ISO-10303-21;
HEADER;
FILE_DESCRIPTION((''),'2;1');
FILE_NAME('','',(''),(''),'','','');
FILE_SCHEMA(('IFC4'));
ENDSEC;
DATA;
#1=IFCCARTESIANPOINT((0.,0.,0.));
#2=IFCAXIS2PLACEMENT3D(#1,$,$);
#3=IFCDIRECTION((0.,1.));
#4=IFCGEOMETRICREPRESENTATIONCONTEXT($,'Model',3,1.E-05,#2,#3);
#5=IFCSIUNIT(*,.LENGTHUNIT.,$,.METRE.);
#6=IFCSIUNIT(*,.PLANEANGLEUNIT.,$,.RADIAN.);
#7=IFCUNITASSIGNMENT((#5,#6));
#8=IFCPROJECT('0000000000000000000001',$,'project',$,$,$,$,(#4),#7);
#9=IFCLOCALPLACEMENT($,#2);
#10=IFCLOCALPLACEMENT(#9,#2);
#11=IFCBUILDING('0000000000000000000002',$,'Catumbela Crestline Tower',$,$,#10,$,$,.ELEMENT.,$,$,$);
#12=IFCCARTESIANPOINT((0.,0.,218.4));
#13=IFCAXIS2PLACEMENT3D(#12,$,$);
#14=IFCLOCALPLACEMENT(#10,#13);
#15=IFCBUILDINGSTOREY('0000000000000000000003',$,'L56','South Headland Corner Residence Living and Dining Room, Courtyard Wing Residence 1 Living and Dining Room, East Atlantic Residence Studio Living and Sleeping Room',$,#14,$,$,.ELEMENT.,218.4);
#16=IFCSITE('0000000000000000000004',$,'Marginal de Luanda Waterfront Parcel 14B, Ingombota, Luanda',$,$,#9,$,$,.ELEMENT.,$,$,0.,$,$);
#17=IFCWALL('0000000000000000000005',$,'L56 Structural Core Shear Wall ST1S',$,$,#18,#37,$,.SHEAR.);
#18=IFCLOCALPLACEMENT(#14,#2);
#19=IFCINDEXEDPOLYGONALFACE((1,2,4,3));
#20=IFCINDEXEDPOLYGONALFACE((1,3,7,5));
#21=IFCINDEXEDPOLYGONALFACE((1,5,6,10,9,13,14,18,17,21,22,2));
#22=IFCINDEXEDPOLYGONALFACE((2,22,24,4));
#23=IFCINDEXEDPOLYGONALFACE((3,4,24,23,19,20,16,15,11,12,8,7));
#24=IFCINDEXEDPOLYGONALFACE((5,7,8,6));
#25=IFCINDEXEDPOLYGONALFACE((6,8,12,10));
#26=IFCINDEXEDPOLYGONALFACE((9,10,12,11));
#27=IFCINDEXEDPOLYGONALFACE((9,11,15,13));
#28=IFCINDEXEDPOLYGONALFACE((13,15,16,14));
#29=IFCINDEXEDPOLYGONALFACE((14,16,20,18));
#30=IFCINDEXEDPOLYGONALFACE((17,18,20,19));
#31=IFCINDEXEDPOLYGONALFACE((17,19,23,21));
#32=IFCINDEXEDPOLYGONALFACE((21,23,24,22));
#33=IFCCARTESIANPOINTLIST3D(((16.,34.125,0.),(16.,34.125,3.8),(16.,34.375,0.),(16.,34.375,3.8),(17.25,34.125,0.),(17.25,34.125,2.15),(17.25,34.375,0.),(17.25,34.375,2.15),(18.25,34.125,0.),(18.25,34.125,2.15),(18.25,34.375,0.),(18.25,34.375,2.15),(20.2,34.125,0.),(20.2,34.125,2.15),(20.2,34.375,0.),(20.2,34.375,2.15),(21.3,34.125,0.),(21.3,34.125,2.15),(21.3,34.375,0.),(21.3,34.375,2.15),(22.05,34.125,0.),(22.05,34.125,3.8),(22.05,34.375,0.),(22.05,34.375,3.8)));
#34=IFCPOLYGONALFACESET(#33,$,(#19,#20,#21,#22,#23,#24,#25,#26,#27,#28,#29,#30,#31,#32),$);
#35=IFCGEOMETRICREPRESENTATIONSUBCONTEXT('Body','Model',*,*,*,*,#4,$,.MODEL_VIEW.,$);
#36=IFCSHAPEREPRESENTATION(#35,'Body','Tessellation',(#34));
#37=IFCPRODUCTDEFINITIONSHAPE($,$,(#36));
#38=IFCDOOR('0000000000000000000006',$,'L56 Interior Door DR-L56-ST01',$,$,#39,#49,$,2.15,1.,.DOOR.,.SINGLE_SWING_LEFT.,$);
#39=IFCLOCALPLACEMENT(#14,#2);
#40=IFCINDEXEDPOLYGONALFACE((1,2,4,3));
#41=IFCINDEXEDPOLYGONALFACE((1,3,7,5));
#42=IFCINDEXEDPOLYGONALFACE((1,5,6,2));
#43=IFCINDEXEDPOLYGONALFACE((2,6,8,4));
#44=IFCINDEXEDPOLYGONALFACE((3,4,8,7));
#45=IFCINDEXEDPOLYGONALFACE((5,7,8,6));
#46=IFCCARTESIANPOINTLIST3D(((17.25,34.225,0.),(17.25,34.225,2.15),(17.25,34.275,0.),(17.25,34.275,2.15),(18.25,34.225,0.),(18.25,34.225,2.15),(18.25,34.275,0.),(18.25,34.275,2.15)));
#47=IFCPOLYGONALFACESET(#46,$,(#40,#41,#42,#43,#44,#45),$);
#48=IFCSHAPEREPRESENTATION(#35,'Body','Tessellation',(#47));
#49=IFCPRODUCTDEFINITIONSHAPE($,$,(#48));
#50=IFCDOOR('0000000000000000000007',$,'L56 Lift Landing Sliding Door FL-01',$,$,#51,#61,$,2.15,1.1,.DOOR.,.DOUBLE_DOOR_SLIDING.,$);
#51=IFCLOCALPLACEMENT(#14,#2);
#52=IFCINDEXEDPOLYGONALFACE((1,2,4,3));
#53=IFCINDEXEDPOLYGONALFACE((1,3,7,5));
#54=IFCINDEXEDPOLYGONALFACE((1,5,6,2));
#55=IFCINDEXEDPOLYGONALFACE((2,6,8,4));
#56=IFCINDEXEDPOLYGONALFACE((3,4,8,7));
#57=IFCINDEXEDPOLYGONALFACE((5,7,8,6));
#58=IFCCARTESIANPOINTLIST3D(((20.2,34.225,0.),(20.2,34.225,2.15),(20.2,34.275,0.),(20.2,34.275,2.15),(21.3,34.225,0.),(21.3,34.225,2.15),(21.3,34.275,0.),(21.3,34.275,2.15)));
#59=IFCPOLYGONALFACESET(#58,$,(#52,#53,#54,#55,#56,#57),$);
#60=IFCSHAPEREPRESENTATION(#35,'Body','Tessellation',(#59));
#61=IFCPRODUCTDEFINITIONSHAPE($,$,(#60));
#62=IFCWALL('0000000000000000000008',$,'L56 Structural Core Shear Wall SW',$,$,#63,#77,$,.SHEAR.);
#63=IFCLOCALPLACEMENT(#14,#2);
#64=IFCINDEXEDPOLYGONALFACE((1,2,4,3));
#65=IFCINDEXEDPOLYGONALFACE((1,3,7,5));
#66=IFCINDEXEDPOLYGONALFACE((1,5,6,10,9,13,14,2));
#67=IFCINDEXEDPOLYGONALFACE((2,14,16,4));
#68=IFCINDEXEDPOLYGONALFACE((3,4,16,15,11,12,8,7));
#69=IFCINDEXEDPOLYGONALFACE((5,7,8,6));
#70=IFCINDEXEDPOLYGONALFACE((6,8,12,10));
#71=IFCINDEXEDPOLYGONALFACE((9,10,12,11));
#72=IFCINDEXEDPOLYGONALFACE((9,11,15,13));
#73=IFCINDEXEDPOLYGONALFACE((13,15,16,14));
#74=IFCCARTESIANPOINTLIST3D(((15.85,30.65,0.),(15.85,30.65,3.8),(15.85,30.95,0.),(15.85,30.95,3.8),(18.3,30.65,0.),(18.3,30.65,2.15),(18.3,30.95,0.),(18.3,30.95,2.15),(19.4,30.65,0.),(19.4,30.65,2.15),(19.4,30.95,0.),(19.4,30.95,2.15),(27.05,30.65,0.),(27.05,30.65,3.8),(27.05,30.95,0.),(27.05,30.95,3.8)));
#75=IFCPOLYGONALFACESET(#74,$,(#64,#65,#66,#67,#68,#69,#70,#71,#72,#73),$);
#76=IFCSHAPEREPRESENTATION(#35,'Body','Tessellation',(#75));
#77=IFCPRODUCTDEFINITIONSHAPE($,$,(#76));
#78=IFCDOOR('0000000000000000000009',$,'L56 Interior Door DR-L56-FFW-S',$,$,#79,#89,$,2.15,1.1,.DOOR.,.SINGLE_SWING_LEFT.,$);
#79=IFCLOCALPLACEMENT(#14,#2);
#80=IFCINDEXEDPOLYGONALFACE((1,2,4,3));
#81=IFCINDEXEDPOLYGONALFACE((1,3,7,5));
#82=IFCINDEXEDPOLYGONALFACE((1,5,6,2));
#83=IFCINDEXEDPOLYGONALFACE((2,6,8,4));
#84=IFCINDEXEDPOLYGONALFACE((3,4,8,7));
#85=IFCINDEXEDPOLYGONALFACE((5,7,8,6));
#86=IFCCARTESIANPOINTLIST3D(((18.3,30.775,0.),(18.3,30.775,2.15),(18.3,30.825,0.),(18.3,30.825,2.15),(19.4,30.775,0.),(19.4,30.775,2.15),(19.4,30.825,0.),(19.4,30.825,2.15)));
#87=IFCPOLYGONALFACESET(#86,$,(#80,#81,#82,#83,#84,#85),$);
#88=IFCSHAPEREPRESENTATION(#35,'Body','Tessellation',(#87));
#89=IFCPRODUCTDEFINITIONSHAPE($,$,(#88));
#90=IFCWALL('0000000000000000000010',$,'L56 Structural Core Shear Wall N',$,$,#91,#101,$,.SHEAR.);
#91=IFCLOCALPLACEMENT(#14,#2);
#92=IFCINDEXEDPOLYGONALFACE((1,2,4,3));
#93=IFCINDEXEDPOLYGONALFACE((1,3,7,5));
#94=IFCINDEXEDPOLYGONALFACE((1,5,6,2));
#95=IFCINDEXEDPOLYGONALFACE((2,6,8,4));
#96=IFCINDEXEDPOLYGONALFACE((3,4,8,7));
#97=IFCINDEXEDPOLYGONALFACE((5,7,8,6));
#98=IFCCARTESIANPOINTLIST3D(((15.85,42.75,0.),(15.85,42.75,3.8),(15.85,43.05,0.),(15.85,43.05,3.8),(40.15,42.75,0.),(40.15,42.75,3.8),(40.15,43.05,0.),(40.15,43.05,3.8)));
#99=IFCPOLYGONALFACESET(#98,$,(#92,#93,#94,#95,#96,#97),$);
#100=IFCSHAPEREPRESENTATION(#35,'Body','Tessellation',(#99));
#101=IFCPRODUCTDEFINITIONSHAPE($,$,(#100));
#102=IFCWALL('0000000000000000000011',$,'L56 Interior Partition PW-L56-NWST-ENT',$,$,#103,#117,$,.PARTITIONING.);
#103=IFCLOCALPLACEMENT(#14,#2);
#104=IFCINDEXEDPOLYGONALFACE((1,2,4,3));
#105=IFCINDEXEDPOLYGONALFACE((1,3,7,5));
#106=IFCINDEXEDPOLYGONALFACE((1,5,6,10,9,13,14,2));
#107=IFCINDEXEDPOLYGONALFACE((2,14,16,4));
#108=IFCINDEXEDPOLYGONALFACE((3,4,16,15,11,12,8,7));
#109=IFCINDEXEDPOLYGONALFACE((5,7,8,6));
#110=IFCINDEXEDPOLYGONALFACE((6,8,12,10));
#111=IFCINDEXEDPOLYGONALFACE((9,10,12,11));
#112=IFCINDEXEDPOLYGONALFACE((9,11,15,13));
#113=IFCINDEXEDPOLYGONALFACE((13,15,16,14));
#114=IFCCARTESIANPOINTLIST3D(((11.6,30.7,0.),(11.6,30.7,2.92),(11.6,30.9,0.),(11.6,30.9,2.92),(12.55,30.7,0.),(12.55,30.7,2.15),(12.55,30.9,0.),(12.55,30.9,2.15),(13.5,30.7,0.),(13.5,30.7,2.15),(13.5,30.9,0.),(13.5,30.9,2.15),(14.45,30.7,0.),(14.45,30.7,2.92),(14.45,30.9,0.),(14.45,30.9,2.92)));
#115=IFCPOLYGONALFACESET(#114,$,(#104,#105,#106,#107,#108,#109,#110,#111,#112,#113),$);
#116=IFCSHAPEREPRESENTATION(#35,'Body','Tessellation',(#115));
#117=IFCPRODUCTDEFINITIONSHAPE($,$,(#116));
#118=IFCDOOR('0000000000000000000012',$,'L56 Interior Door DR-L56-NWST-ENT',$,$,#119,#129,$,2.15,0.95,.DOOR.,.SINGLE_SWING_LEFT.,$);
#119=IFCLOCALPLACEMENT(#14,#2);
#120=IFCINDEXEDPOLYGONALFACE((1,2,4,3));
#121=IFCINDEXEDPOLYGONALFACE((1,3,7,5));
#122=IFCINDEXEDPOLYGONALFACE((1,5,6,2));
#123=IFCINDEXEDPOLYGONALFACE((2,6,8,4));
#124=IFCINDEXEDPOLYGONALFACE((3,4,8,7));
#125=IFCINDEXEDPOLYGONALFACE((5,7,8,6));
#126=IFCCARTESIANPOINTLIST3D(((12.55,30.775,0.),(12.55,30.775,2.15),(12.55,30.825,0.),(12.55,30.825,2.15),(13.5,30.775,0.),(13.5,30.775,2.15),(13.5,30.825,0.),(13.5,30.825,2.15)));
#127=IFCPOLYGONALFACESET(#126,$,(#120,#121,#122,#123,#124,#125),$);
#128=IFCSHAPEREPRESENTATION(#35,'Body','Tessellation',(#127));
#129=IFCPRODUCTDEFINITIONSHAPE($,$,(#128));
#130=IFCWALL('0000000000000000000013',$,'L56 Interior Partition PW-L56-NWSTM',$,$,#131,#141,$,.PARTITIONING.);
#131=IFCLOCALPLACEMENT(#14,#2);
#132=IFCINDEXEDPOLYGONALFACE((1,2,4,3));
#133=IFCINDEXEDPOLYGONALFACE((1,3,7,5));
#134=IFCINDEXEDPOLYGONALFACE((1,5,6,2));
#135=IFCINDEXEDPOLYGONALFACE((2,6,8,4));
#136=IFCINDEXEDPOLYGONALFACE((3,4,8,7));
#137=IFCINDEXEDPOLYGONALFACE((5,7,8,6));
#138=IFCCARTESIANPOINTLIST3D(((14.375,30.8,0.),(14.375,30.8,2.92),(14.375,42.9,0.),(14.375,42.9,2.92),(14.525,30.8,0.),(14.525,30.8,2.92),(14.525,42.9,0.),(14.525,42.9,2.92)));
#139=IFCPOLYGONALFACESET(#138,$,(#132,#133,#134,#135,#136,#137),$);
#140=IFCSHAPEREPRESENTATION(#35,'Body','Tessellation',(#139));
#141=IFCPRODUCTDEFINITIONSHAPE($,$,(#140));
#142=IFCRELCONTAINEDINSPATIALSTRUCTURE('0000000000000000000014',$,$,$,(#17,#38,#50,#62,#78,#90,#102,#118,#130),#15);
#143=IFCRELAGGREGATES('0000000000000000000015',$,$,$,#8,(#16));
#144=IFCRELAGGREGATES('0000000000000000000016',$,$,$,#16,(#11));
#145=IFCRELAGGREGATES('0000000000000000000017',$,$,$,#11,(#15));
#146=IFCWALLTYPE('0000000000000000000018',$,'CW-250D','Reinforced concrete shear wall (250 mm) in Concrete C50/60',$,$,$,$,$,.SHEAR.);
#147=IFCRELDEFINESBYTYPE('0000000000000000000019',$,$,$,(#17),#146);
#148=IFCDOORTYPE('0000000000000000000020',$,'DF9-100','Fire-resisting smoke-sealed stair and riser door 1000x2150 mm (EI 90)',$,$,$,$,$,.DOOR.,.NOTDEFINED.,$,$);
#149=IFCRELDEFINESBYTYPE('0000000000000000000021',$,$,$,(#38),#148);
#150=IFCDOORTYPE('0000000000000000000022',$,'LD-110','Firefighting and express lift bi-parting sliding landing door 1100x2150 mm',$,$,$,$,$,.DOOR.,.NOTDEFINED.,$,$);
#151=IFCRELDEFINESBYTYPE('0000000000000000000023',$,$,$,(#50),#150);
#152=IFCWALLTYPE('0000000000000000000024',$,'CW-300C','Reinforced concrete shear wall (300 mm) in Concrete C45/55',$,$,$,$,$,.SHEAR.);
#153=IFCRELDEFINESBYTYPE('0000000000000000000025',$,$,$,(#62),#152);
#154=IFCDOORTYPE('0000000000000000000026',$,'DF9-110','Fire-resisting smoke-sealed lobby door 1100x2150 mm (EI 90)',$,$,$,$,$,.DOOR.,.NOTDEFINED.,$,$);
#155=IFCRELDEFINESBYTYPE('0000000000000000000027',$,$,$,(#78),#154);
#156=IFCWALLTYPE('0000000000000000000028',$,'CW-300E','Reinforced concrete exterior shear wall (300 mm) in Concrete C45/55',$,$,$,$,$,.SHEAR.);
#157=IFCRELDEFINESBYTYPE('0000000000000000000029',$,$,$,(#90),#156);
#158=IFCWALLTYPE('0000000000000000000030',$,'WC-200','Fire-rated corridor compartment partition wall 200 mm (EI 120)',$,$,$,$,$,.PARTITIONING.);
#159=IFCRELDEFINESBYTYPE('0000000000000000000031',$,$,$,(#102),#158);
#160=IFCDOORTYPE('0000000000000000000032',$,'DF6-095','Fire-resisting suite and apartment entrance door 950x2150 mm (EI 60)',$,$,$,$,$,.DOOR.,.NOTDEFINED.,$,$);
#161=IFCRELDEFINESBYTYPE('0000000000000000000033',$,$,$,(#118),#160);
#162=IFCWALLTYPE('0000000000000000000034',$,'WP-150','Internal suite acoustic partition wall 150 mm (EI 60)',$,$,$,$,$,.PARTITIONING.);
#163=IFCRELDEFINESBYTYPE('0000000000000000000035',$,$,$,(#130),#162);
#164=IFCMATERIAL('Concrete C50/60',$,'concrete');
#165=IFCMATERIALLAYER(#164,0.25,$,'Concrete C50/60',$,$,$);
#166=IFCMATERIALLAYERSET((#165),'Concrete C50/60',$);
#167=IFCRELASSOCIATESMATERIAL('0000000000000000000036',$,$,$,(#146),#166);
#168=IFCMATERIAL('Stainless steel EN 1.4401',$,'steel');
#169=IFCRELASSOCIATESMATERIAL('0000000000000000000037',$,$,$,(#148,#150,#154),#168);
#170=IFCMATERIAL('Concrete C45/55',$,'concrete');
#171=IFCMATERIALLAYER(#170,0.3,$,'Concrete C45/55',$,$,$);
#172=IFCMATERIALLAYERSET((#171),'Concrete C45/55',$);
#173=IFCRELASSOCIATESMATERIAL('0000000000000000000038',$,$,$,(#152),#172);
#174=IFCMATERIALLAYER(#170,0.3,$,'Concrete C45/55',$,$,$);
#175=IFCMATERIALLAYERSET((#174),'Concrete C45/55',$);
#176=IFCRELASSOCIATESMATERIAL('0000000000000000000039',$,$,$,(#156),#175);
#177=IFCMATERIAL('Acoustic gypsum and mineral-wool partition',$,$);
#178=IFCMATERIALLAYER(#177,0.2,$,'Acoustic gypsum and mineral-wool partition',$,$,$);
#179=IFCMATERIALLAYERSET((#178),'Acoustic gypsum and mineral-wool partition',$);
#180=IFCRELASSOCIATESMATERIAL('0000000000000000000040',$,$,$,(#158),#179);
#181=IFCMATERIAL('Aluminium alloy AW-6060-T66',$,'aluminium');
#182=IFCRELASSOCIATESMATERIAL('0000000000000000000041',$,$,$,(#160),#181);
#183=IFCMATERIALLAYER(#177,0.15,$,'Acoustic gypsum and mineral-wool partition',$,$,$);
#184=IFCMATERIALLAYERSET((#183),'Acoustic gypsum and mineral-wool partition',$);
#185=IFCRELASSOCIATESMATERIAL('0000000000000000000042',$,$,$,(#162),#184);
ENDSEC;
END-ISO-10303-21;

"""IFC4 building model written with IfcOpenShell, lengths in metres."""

from ifc_helpers import new_model, si_unit, direction, frame, frame_2d, origin, place, context, subcontext, project, spatial, rectangle, extrude, material, layer, layer_set, type_object, element, fill, save


model = new_model("IFC4")

# Units and contexts
model_context = context("Model", 3, precision=1e-05, world=origin(), true_north=direction((0.0, 1.0)))
body_context = subcontext(model_context, "Body", "Model", "MODEL_VIEW")
ifc_project = project(units=[si_unit("LENGTHUNIT", "METRE"), si_unit("PLANEANGLEUNIT", "RADIAN")], contexts=[model_context])

# Site, building, storey
site_placement = place(None, origin())
site = spatial("IfcSite", under=ifc_project, at=site_placement, Name="Marginal de Luanda Waterfront Parcel 14B, Ingombota, Luanda", CompositionType="ELEMENT", RefElevation=0.0)
building_placement = place(site_placement, origin())
building = spatial("IfcBuilding", under=site, at=building_placement, Name="Catumbela Crestline Tower", CompositionType="ELEMENT")
storey_placement = place(building_placement, frame((0.0, 0.0, 218.4)))
storey = spatial("IfcBuildingStorey", under=building, at=storey_placement, Name="L56", Description="South Headland Corner Residence Living and Dining Room, Courtyard Wing Residence 1 Living and Dining Room, East Atlantic Residence Studio Living and Sleeping Room", CompositionType="ELEMENT", Elevation=218.4)

# Shared definitions
ifc_material_1 = material(Name="Aluminium alloy AW-6060-T66", Category="aluminium")

# Wall, openings, doors
ifc_material_2 = material(Name="Concrete C50/60", Category="concrete")
ifc_layer_1 = layer(ifc_material_2, 0.25, Name="Concrete C50/60")
ifc_layer_set_1 = layer_set([ifc_layer_1], Name="Concrete C50/60")
wall_type_1 = type_object("IfcWallType", Name="CW-250D", Description="Reinforced concrete shear wall (250 mm) in Concrete C50/60", PredefinedType="SHEAR", material=ifc_layer_set_1)
wall_1_placement = place(storey_placement, frame((16.0, 34.25, 0.0), z_axis=(0.0, 0.0, 1.0), x_axis=(1.0, 0.0, 0.0)))
wall_1 = element("IfcWall", 1, at=wall_1_placement, inside=storey, type_object=wall_type_1, Name="L56 Structural Core Shear Wall ST1S", PredefinedType="SHEAR", context=body_context, shape_type="SweptSolid", body=[
    extrude(rectangle(XDim=6.05, YDim=0.25, at=frame_2d((3.025, 0.0))), origin(), (0.0, 0.0, 1.0), 3.8),
])
opening_1_placement = place(wall_1_placement, frame((1.25, 0.0, 0.0)))
opening_1 = element("IfcOpeningElement", 2, at=opening_1_placement, cuts=wall_1, PredefinedType="OPENING", context=body_context, shape_type="SweptSolid", body=[
    extrude(rectangle(XDim=1.0, YDim=2.15, at=frame_2d((0.5, 1.075))), frame((0.0, 0.135, 0.0), z_axis=(0.0, -1.0, 0.0), x_axis=(1.0, 0.0, 0.0)), (0.0, 0.0, 1.0), 0.27),
])
opening_2_placement = place(wall_1_placement, frame((4.2, 0.0, 0.0)))
opening_2 = element("IfcOpeningElement", 3, at=opening_2_placement, cuts=wall_1, PredefinedType="OPENING", context=body_context, shape_type="SweptSolid", body=[
    extrude(rectangle(XDim=1.1, YDim=2.15, at=frame_2d((0.55, 1.075))), frame((0.0, 0.135, 0.0), z_axis=(0.0, -1.0, 0.0), x_axis=(1.0, 0.0, 0.0)), (0.0, 0.0, 1.0), 0.27),
])
ifc_material_3 = material(Name="Stainless steel EN 1.4401", Category="steel")
door_type_1 = type_object("IfcDoorType", Name="DF9-100", Description="Fire-resisting smoke-sealed stair and riser door 1000x2150 mm (EI 90)", OperationType="NOTDEFINED", PredefinedType="DOOR", material=ifc_material_3)
door_1_placement = place(opening_1_placement, origin())
door_1 = element("IfcDoor", 4, at=door_1_placement, inside=storey, type_object=door_type_1, Name="L56 Interior Door DR-L56-ST01", OperationType="SINGLE_SWING_LEFT", OverallHeight=2.15, OverallWidth=1.0, PredefinedType="DOOR", context=body_context, shape_type="SweptSolid", body=[
    extrude(rectangle(XDim=1.0, YDim=2.15, at=frame_2d((0.5, 1.075))), frame((0.0, 0.025, 0.0), z_axis=(0.0, -1.0, 0.0), x_axis=(1.0, 0.0, 0.0)), (0.0, 0.0, 1.0), 0.05),
])
fill(opening_1, door_1)
door_type_2 = type_object("IfcDoorType", Name="LD-110", Description="Firefighting and express lift bi-parting sliding landing door 1100x2150 mm", OperationType="NOTDEFINED", PredefinedType="DOOR", material=ifc_material_3)
door_2_placement = place(opening_2_placement, origin())
door_2 = element("IfcDoor", 5, at=door_2_placement, inside=storey, type_object=door_type_2, Name="L56 Lift Landing Sliding Door FL-01", OperationType="DOUBLE_DOOR_SLIDING", OverallHeight=2.15, OverallWidth=1.1, PredefinedType="DOOR", context=body_context, shape_type="SweptSolid", body=[
    extrude(rectangle(XDim=1.1, YDim=2.15, at=frame_2d((0.55, 1.075))), frame((0.0, 0.025, 0.0), z_axis=(0.0, -1.0, 0.0), x_axis=(1.0, 0.0, 0.0)), (0.0, 0.0, 1.0), 0.05),
])
fill(opening_2, door_2)

# Wall, opening, door
ifc_material_4 = material(Name="Concrete C45/55", Category="concrete")
ifc_layer_2 = layer(ifc_material_4, 0.3, Name="Concrete C45/55")
ifc_layer_set_2 = layer_set([ifc_layer_2], Name="Concrete C45/55")
wall_type_2 = type_object("IfcWallType", Name="CW-300C", Description="Reinforced concrete shear wall (300 mm) in Concrete C45/55", PredefinedType="SHEAR", material=ifc_layer_set_2)
wall_2_placement = place(storey_placement, frame((15.85, 30.8, 0.0), z_axis=(0.0, 0.0, 1.0), x_axis=(1.0, 0.0, 0.0)))
wall_2 = element("IfcWall", 6, at=wall_2_placement, inside=storey, type_object=wall_type_2, Name="L56 Structural Core Shear Wall SW", PredefinedType="SHEAR", context=body_context, shape_type="SweptSolid", body=[
    extrude(rectangle(XDim=11.2, YDim=0.3, at=frame_2d((5.6, 0.0))), origin(), (0.0, 0.0, 1.0), 3.8),
])
opening_3_placement = place(wall_2_placement, frame((2.45, 0.0, 0.0)))
opening_3 = element("IfcOpeningElement", 7, at=opening_3_placement, cuts=wall_2, PredefinedType="OPENING", context=body_context, shape_type="SweptSolid", body=[
    extrude(rectangle(XDim=1.1, YDim=2.15, at=frame_2d((0.55, 1.075))), frame((0.0, 0.16, 0.0), z_axis=(0.0, -1.0, 0.0), x_axis=(1.0, 0.0, 0.0)), (0.0, 0.0, 1.0), 0.32),
])
door_type_3 = type_object("IfcDoorType", Name="DF9-110", Description="Fire-resisting smoke-sealed lobby door 1100x2150 mm (EI 90)", OperationType="NOTDEFINED", PredefinedType="DOOR", material=ifc_material_3)
door_3_placement = place(opening_3_placement, origin())
door_3 = element("IfcDoor", 8, at=door_3_placement, inside=storey, type_object=door_type_3, Name="L56 Interior Door DR-L56-FFW-S", OperationType="SINGLE_SWING_LEFT", OverallHeight=2.15, OverallWidth=1.1, PredefinedType="DOOR", context=body_context, shape_type="SweptSolid", body=[
    extrude(rectangle(XDim=1.1, YDim=2.15, at=frame_2d((0.55, 1.075))), frame((0.0, 0.025, 0.0), z_axis=(0.0, -1.0, 0.0), x_axis=(1.0, 0.0, 0.0)), (0.0, 0.0, 1.0), 0.05),
])
fill(opening_3, door_3)

# Wall
ifc_layer_3 = layer(ifc_material_4, 0.3, Name="Concrete C45/55")
ifc_layer_set_3 = layer_set([ifc_layer_3], Name="Concrete C45/55")
wall_type_3 = type_object("IfcWallType", Name="CW-300E", Description="Reinforced concrete exterior shear wall (300 mm) in Concrete C45/55", PredefinedType="SHEAR", material=ifc_layer_set_3)
wall_3_placement = place(storey_placement, frame((15.85, 42.9, 0.0), z_axis=(0.0, 0.0, 1.0), x_axis=(1.0, 0.0, 0.0)))
element("IfcWall", 9, at=wall_3_placement, inside=storey, type_object=wall_type_3, Name="L56 Structural Core Shear Wall N", PredefinedType="SHEAR", context=body_context, shape_type="SweptSolid", body=[
    extrude(rectangle(XDim=24.3, YDim=0.3, at=frame_2d((12.15, 0.0))), origin(), (0.0, 0.0, 1.0), 3.8),
])

# Wall, opening, door
ifc_material_5 = material(Name="Acoustic gypsum and mineral-wool partition")
ifc_layer_4 = layer(ifc_material_5, 0.2, Name="Acoustic gypsum and mineral-wool partition")
ifc_layer_set_4 = layer_set([ifc_layer_4], Name="Acoustic gypsum and mineral-wool partition")
wall_type_4 = type_object("IfcWallType", Name="WC-200", Description="Fire-rated corridor compartment partition wall 200 mm (EI 120)", PredefinedType="PARTITIONING", material=ifc_layer_set_4)
wall_4_placement = place(storey_placement, frame((11.6, 30.8, 0.0), z_axis=(0.0, 0.0, 1.0), x_axis=(1.0, 0.0, 0.0)))
wall_4 = element("IfcWall", 10, at=wall_4_placement, inside=storey, type_object=wall_type_4, Name="L56 Interior Partition PW-L56-NWST-ENT", PredefinedType="PARTITIONING", context=body_context, shape_type="SweptSolid", body=[
    extrude(rectangle(XDim=2.85, YDim=0.2, at=frame_2d((1.425, 0.0))), origin(), (0.0, 0.0, 1.0), 2.92),
])
opening_4_placement = place(wall_4_placement, frame((0.95, 0.0, 0.0)))
opening_4 = element("IfcOpeningElement", 11, at=opening_4_placement, cuts=wall_4, PredefinedType="OPENING", context=body_context, shape_type="SweptSolid", body=[
    extrude(rectangle(XDim=0.95, YDim=2.15, at=frame_2d((0.475, 1.075))), frame((0.0, 0.11, 0.0), z_axis=(0.0, -1.0, 0.0), x_axis=(1.0, 0.0, 0.0)), (0.0, 0.0, 1.0), 0.22),
])
door_type_4 = type_object("IfcDoorType", Name="DF6-095", Description="Fire-resisting suite and apartment entrance door 950x2150 mm (EI 60)", OperationType="NOTDEFINED", PredefinedType="DOOR", material=ifc_material_1)
door_4_placement = place(opening_4_placement, origin())
door_4 = element("IfcDoor", 12, at=door_4_placement, inside=storey, type_object=door_type_4, Name="L56 Interior Door DR-L56-NWST-ENT", OperationType="SINGLE_SWING_LEFT", OverallHeight=2.15, OverallWidth=0.95, PredefinedType="DOOR", context=body_context, shape_type="SweptSolid", body=[
    extrude(rectangle(XDim=0.95, YDim=2.15, at=frame_2d((0.475, 1.075))), frame((0.0, 0.025, 0.0), z_axis=(0.0, -1.0, 0.0), x_axis=(1.0, 0.0, 0.0)), (0.0, 0.0, 1.0), 0.05),
])
fill(opening_4, door_4)

# Wall
ifc_layer_5 = layer(ifc_material_5, 0.15, Name="Acoustic gypsum and mineral-wool partition")
ifc_layer_set_5 = layer_set([ifc_layer_5], Name="Acoustic gypsum and mineral-wool partition")
wall_type_5 = type_object("IfcWallType", Name="WP-150", Description="Internal suite acoustic partition wall 150 mm (EI 60)", PredefinedType="PARTITIONING", material=ifc_layer_set_5)
wall_5_placement = place(storey_placement, frame((14.45, 30.8, 0.0), z_axis=(0.0, 0.0, 1.0), x_axis=(0.0, 1.0, 0.0)))
element("IfcWall", 13, at=wall_5_placement, inside=storey, type_object=wall_type_5, Name="L56 Interior Partition PW-L56-NWSTM", PredefinedType="PARTITIONING", context=body_context, shape_type="SweptSolid", body=[
    extrude(rectangle(XDim=12.1, YDim=0.15, at=frame_2d((6.05, 0.0))), origin(), (0.0, 0.0, 1.0), 2.92),
])

save(model, "model.ifc")
